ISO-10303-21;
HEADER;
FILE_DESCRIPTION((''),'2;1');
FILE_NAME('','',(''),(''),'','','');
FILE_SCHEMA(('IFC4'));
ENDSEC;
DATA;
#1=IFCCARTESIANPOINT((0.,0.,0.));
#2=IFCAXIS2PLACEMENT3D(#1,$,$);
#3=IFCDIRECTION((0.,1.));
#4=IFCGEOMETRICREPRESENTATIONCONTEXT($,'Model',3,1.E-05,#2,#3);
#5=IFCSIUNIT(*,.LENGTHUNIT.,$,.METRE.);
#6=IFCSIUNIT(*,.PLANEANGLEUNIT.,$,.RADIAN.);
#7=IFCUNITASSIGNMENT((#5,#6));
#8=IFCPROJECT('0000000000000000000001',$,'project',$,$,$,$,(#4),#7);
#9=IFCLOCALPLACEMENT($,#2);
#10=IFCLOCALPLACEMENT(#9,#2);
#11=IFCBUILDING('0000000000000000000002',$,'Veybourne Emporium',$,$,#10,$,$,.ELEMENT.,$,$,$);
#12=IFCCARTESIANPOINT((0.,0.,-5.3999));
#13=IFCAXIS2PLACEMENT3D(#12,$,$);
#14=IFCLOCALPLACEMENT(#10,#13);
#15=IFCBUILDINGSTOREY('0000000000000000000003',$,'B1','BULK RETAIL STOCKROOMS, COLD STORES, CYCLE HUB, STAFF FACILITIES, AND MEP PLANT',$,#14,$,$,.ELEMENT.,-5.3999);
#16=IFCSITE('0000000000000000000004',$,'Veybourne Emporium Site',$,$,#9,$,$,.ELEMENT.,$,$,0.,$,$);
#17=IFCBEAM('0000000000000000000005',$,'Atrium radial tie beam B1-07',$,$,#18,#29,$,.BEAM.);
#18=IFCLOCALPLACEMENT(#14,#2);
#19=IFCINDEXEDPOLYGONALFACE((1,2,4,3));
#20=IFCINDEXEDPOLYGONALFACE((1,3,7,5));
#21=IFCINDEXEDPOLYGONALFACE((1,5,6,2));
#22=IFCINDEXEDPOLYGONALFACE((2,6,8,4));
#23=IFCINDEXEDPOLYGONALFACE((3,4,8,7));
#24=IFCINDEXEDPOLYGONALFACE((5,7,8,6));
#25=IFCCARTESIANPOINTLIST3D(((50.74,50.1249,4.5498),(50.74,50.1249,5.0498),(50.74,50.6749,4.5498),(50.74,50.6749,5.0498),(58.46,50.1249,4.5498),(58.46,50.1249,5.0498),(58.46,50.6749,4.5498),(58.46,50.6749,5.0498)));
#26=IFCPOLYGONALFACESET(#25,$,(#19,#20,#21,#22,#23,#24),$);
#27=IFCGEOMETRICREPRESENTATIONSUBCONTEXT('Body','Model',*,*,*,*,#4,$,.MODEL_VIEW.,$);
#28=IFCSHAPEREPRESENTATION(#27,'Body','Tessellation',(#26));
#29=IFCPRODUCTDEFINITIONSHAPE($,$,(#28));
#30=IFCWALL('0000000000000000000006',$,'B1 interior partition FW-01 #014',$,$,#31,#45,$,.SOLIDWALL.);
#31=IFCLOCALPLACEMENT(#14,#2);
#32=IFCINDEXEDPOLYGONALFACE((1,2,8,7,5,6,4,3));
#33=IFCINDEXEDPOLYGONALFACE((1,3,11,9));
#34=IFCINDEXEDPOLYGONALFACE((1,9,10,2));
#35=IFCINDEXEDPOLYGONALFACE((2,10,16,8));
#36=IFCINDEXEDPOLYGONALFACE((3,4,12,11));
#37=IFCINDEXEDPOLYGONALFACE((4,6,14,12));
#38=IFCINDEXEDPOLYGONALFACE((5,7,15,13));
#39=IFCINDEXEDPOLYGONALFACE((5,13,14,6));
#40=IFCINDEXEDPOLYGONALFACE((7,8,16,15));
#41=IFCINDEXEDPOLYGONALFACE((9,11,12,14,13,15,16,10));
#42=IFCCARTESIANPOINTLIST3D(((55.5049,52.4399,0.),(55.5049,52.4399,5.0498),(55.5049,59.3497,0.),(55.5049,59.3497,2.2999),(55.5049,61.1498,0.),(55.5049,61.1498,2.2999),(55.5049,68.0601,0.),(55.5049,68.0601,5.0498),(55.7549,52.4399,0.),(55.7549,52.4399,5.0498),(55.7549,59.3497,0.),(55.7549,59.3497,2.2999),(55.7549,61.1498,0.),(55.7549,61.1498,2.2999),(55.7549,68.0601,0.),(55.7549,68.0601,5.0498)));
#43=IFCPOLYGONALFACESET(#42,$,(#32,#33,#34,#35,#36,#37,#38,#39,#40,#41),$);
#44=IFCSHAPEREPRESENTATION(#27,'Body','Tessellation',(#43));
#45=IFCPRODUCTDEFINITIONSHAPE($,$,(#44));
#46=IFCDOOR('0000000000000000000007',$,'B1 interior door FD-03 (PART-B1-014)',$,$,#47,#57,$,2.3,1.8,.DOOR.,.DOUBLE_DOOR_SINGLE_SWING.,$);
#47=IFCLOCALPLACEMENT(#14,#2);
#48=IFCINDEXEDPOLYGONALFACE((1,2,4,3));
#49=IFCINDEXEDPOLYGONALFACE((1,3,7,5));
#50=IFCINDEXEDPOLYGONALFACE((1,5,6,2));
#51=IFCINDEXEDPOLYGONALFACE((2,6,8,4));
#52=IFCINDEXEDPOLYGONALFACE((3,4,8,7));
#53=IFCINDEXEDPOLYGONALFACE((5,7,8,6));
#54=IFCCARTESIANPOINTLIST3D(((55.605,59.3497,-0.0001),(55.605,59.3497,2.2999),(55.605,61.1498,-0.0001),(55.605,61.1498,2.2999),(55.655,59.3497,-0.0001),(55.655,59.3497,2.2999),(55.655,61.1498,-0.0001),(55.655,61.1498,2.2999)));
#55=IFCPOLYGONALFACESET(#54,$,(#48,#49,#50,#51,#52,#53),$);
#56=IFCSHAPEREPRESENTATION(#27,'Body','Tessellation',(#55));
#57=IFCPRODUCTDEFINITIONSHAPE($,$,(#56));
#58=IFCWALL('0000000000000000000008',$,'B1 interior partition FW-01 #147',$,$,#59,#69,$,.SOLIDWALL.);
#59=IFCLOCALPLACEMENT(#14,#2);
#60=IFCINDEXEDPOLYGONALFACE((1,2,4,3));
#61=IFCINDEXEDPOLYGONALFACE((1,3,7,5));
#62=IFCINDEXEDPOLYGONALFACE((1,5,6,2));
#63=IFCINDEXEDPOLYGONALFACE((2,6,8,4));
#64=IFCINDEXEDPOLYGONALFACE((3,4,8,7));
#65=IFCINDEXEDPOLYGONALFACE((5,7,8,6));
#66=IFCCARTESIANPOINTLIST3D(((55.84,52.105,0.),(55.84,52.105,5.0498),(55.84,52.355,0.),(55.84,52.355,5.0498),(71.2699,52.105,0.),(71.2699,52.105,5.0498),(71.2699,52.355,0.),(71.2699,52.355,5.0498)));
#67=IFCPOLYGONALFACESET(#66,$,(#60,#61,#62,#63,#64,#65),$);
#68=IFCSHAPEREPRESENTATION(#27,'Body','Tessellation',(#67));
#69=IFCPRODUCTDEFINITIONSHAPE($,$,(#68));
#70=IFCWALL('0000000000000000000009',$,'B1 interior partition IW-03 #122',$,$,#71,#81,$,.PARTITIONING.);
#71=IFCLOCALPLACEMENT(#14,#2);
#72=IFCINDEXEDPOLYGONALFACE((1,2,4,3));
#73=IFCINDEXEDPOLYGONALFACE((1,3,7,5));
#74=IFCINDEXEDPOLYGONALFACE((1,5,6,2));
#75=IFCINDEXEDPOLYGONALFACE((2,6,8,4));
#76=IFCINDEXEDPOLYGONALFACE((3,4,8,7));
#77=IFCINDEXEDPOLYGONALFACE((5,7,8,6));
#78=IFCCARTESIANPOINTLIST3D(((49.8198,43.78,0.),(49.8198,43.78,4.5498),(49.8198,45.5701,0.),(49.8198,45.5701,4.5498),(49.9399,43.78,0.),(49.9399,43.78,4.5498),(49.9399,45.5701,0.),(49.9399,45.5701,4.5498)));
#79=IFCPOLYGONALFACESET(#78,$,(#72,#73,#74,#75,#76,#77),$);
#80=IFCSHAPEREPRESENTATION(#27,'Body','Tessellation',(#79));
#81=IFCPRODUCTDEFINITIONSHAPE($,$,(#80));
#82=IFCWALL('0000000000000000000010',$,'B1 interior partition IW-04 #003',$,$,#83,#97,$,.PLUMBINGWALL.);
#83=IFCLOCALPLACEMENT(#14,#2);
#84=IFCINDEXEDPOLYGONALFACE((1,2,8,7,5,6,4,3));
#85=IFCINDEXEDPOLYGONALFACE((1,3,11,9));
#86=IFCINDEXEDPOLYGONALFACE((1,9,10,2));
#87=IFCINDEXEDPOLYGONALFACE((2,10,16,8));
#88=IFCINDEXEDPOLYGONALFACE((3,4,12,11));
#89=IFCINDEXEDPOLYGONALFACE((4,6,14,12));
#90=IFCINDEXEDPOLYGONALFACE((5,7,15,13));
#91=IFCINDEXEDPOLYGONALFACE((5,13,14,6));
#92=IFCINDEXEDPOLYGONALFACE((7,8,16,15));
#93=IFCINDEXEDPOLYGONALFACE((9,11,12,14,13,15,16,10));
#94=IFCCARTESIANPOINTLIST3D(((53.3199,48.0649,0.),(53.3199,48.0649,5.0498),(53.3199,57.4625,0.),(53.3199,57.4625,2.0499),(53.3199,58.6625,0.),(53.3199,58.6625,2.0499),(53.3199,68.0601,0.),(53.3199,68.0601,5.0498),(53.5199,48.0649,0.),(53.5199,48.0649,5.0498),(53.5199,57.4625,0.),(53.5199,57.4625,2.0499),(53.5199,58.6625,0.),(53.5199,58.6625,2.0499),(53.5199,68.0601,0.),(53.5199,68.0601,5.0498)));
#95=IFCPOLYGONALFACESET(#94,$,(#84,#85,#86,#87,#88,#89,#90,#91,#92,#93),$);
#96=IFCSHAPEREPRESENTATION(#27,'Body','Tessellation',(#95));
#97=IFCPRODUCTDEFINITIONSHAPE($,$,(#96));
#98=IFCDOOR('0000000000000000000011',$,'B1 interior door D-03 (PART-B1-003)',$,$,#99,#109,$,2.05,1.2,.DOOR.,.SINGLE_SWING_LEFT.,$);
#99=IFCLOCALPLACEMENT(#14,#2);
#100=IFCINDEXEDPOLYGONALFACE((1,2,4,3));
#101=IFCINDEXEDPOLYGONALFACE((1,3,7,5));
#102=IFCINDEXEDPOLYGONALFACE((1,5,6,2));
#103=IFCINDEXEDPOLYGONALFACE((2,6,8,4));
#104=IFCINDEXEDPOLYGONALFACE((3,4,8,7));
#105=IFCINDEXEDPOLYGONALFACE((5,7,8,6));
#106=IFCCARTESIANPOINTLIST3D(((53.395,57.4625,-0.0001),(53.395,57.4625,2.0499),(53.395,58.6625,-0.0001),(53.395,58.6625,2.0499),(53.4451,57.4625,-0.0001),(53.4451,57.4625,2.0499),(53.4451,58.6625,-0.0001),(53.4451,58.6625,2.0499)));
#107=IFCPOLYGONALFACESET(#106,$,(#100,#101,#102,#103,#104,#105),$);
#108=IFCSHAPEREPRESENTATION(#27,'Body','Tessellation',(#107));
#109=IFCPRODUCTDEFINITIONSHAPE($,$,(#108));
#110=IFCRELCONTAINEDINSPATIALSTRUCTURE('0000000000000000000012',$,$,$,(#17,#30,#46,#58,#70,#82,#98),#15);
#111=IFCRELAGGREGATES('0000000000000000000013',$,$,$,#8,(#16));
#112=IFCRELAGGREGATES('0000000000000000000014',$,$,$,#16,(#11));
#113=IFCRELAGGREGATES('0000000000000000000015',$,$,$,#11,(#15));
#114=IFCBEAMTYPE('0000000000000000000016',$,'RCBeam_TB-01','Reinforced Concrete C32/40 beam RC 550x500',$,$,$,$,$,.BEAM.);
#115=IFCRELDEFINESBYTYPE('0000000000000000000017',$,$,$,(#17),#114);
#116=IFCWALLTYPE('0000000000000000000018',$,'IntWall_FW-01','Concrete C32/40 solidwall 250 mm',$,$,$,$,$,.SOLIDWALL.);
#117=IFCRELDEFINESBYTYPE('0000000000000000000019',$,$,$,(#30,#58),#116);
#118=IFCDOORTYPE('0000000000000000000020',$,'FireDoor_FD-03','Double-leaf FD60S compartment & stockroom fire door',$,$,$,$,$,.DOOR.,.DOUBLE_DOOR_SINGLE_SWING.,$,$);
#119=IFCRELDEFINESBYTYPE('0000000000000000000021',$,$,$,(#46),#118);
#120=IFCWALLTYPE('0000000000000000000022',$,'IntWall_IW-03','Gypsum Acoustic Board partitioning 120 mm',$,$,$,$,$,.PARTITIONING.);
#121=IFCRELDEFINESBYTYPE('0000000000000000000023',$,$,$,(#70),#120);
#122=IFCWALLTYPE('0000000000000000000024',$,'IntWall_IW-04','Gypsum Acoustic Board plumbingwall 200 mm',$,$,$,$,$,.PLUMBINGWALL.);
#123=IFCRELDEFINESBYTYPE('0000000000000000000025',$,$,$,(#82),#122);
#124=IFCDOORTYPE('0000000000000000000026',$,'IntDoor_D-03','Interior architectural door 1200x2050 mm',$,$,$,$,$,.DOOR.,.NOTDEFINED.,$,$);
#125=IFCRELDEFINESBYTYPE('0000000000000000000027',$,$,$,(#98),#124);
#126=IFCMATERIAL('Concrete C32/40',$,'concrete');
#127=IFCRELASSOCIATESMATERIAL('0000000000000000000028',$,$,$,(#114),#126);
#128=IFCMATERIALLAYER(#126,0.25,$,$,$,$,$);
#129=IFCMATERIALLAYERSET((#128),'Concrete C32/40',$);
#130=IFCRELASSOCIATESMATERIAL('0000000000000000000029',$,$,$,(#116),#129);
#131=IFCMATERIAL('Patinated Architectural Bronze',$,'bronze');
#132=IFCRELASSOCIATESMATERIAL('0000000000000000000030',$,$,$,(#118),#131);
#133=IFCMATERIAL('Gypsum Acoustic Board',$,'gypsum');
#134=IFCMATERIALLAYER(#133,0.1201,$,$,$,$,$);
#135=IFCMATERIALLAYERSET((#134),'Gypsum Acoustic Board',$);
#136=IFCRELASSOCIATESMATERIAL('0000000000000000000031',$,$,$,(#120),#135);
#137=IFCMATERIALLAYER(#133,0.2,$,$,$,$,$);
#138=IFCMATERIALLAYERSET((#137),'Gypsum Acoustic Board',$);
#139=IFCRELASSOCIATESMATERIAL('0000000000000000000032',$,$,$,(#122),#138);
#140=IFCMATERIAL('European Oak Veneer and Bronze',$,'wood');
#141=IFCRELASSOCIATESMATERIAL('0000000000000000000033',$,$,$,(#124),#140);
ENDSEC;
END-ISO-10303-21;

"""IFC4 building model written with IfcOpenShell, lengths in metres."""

from ifc_helpers import new_model, si_unit, direction, frame, frame_2d, origin, origin_2d, place, context, subcontext, project, spatial, rectangle, extrude, material, layer, layer_set, material_profile, profile_set, type_object, element, fill, save


model = new_model("IFC4")

# Units and contexts
model_context = context("Model", 3, precision=1e-05, world=origin(), true_north=direction((0.0, 1.0)))
body_context = subcontext(model_context, "Body", "Model", "MODEL_VIEW")
ifc_project = project(units=[si_unit("LENGTHUNIT", "METRE"), si_unit("PLANEANGLEUNIT", "RADIAN")], contexts=[model_context])

# Site, building, storey
site_placement = place(None, origin())
site = spatial("IfcSite", under=ifc_project, at=site_placement, Name="Veybourne Emporium Site", CompositionType="ELEMENT", RefElevation=0.0)
building_placement = place(site_placement, origin())
building = spatial("IfcBuilding", under=site, at=building_placement, Name="Veybourne Emporium", CompositionType="ELEMENT")
storey_placement = place(building_placement, frame((0.0, 0.0, -5.3999)))
storey = spatial("IfcBuildingStorey", under=building, at=storey_placement, Name="B1", Description="BULK RETAIL STOCKROOMS, COLD STORES, CYCLE HUB, STAFF FACILITIES, AND MEP PLANT", CompositionType="ELEMENT", Elevation=-5.3999)

# Beam
ifc_material_1 = material(Name="Concrete C32/40", Category="concrete")
ifc_material_profile_1 = material_profile(ifc_material_1, rectangle(XDim=0.55, YDim=0.5, at=origin_2d()), Name="RC 550x500")
ifc_profile_set_1 = profile_set([ifc_material_profile_1], Name="Concrete C32/40")
beam_type_1 = type_object("IfcBeamType", Name="RCBeam_TB-01", Description="Reinforced Concrete C32/40 beam RC 550x500", PredefinedType="BEAM", material=ifc_profile_set_1)
beam_placement = place(storey_placement, frame((58.46, 50.3999, 4.7998), z_axis=(-1.0, 0.0, 0.0), x_axis=(0.0, -1.0, 0.0)))
element("IfcBeam", 1, at=beam_placement, inside=storey, type_object=beam_type_1, Name="Atrium radial tie beam B1-07", PredefinedType="BEAM", context=body_context, shape_type="SweptSolid", body=[
    extrude(rectangle(XDim=0.55, YDim=0.5, at=origin_2d()), origin(), (0.0, 0.0, 1.0), 7.72),
])

# Wall, opening, door
ifc_layer_1 = layer(ifc_material_1, 0.25)
ifc_layer_set_1 = layer_set([ifc_layer_1], Name="Concrete C32/40")
wall_type_1 = type_object("IfcWallType", Name="IntWall_FW-01", Description="Concrete C32/40 solidwall 250 mm", PredefinedType="SOLIDWALL", material=ifc_layer_set_1)
wall_1_placement = place(storey_placement, frame((55.6299, 52.4399, 0.0), z_axis=(0.0, 0.0, 1.0), x_axis=(0.0, 1.0, 0.0)))
wall_1 = element("IfcWall", 2, at=wall_1_placement, inside=storey, type_object=wall_type_1, Name="B1 interior partition FW-01 #014", PredefinedType="SOLIDWALL", context=body_context, shape_type="SweptSolid", body=[
    extrude(rectangle(XDim=15.6201, YDim=0.25, at=frame_2d((7.8101, 0.0))), origin(), (0.0, 0.0, 1.0), 5.0498),
])
opening_1_placement = place(wall_1_placement, frame((6.9099, 0.0, 0.0)))
opening_1 = element("IfcOpeningElement", 3, at=opening_1_placement, cuts=wall_1, PredefinedType="OPENING", context=body_context, shape_type="SweptSolid", body=[
    extrude(rectangle(XDim=1.8, YDim=2.3, at=frame_2d((0.8999, 1.1499))), frame((0.0, 0.145, 0.0), z_axis=(0.0, -1.0, 0.0), x_axis=(1.0, 0.0, 0.0)), (0.0, 0.0, 1.0), 0.29),
])
ifc_material_2 = material(Name="Patinated Architectural Bronze", Category="bronze")
door_type_1 = type_object("IfcDoorType", Name="FireDoor_FD-03", Description="Double-leaf FD60S compartment & stockroom fire door", OperationType="DOUBLE_DOOR_SINGLE_SWING", PredefinedType="DOOR", material=ifc_material_2)
door_1_placement = place(opening_1_placement, origin())
door_1 = element("IfcDoor", 4, at=door_1_placement, inside=storey, type_object=door_type_1, Name="B1 interior door FD-03 (PART-B1-014)", OperationType="DOUBLE_DOOR_SINGLE_SWING", OverallHeight=2.3, OverallWidth=1.8, PredefinedType="DOOR", context=body_context, shape_type="SweptSolid", body=[
    extrude(rectangle(XDim=1.8, YDim=2.3, at=frame_2d((0.8999, 1.1499))), frame((0.0, 0.0249, 0.0), z_axis=(0.0, -1.0, 0.0), x_axis=(1.0, 0.0, 0.0)), (0.0, 0.0, 1.0), 0.05),
])
fill(opening_1, door_1)

# Walls
wall_2_placement = place(storey_placement, frame((55.8401, 52.23, 0.0), z_axis=(0.0, 0.0, 1.0), x_axis=(1.0, 0.0, 0.0)))
element("IfcWall", 5, at=wall_2_placement, inside=storey, type_object=wall_type_1, Name="B1 interior partition FW-01 #147", PredefinedType="SOLIDWALL", context=body_context, shape_type="SweptSolid", body=[
    extrude(rectangle(XDim=15.4299, YDim=0.25, at=frame_2d((7.7148, 0.0))), origin(), (0.0, 0.0, 1.0), 5.0498),
])
ifc_material_3 = material(Name="Gypsum Acoustic Board", Category="gypsum")
ifc_layer_2 = layer(ifc_material_3, 0.1201)
ifc_layer_set_2 = layer_set([ifc_layer_2], Name="Gypsum Acoustic Board")
wall_type_2 = type_object("IfcWallType", Name="IntWall_IW-03", Description="Gypsum Acoustic Board partitioning 120 mm", PredefinedType="PARTITIONING", material=ifc_layer_set_2)
wall_3_placement = place(storey_placement, frame((49.8799, 43.78, 0.0), z_axis=(0.0, 0.0, 1.0), x_axis=(0.0, 1.0, 0.0)))
element("IfcWall", 6, at=wall_3_placement, inside=storey, type_object=wall_type_2, Name="B1 interior partition IW-03 #122", PredefinedType="PARTITIONING", context=body_context, shape_type="SweptSolid", body=[
    extrude(rectangle(XDim=1.79, YDim=0.1201, at=frame_2d((0.895, 0.0))), origin(), (0.0, 0.0, 1.0), 4.5498),
])

# Wall, opening, door
ifc_layer_3 = layer(ifc_material_3, 0.2)
ifc_layer_set_3 = layer_set([ifc_layer_3], Name="Gypsum Acoustic Board")
wall_type_3 = type_object("IfcWallType", Name="IntWall_IW-04", Description="Gypsum Acoustic Board plumbingwall 200 mm", PredefinedType="PLUMBINGWALL", material=ifc_layer_set_3)
wall_4_placement = place(storey_placement, frame((53.4199, 48.0649, 0.0), z_axis=(0.0, 0.0, 1.0), x_axis=(0.0, 1.0, 0.0)))
wall_4 = element("IfcWall", 7, at=wall_4_placement, inside=storey, type_object=wall_type_3, Name="B1 interior partition IW-04 #003", PredefinedType="PLUMBINGWALL", context=body_context, shape_type="SweptSolid", body=[
    extrude(rectangle(XDim=19.9951, YDim=0.2, at=frame_2d((9.9976, 0.0))), origin(), (0.0, 0.0, 1.0), 5.0498),
])
opening_2_placement = place(wall_4_placement, frame((9.3975, 0.0, 0.0)))
opening_2 = element("IfcOpeningElement", 8, at=opening_2_placement, cuts=wall_4, PredefinedType="OPENING", context=body_context, shape_type="SweptSolid", body=[
    extrude(rectangle(XDim=1.2, YDim=2.05, at=frame_2d((0.6001, 1.0249))), frame((0.0, 0.1201, 0.0), z_axis=(0.0, -1.0, 0.0), x_axis=(1.0, 0.0, 0.0)), (0.0, 0.0, 1.0), 0.24),
])
ifc_material_4 = material(Name="European Oak Veneer and Bronze", Category="wood")
door_type_2 = type_object("IfcDoorType", Name="IntDoor_D-03", Description="Interior architectural door 1200x2050 mm", OperationType="NOTDEFINED", PredefinedType="DOOR", material=ifc_material_4)
door_2_placement = place(opening_2_placement, origin())
door_2 = element("IfcDoor", 9, at=door_2_placement, inside=storey, type_object=door_type_2, Name="B1 interior door D-03 (PART-B1-003)", OperationType="SINGLE_SWING_LEFT", OverallHeight=2.05, OverallWidth=1.2, PredefinedType="DOOR", context=body_context, shape_type="SweptSolid", body=[
    extrude(rectangle(XDim=1.2, YDim=2.05, at=frame_2d((0.6001, 1.0249))), frame((0.0, 0.0249, 0.0), z_axis=(0.0, -1.0, 0.0), x_axis=(1.0, 0.0, 0.0)), (0.0, 0.0, 1.0), 0.05),
])
fill(opening_2, door_2)

save(model, "model.ifc")
